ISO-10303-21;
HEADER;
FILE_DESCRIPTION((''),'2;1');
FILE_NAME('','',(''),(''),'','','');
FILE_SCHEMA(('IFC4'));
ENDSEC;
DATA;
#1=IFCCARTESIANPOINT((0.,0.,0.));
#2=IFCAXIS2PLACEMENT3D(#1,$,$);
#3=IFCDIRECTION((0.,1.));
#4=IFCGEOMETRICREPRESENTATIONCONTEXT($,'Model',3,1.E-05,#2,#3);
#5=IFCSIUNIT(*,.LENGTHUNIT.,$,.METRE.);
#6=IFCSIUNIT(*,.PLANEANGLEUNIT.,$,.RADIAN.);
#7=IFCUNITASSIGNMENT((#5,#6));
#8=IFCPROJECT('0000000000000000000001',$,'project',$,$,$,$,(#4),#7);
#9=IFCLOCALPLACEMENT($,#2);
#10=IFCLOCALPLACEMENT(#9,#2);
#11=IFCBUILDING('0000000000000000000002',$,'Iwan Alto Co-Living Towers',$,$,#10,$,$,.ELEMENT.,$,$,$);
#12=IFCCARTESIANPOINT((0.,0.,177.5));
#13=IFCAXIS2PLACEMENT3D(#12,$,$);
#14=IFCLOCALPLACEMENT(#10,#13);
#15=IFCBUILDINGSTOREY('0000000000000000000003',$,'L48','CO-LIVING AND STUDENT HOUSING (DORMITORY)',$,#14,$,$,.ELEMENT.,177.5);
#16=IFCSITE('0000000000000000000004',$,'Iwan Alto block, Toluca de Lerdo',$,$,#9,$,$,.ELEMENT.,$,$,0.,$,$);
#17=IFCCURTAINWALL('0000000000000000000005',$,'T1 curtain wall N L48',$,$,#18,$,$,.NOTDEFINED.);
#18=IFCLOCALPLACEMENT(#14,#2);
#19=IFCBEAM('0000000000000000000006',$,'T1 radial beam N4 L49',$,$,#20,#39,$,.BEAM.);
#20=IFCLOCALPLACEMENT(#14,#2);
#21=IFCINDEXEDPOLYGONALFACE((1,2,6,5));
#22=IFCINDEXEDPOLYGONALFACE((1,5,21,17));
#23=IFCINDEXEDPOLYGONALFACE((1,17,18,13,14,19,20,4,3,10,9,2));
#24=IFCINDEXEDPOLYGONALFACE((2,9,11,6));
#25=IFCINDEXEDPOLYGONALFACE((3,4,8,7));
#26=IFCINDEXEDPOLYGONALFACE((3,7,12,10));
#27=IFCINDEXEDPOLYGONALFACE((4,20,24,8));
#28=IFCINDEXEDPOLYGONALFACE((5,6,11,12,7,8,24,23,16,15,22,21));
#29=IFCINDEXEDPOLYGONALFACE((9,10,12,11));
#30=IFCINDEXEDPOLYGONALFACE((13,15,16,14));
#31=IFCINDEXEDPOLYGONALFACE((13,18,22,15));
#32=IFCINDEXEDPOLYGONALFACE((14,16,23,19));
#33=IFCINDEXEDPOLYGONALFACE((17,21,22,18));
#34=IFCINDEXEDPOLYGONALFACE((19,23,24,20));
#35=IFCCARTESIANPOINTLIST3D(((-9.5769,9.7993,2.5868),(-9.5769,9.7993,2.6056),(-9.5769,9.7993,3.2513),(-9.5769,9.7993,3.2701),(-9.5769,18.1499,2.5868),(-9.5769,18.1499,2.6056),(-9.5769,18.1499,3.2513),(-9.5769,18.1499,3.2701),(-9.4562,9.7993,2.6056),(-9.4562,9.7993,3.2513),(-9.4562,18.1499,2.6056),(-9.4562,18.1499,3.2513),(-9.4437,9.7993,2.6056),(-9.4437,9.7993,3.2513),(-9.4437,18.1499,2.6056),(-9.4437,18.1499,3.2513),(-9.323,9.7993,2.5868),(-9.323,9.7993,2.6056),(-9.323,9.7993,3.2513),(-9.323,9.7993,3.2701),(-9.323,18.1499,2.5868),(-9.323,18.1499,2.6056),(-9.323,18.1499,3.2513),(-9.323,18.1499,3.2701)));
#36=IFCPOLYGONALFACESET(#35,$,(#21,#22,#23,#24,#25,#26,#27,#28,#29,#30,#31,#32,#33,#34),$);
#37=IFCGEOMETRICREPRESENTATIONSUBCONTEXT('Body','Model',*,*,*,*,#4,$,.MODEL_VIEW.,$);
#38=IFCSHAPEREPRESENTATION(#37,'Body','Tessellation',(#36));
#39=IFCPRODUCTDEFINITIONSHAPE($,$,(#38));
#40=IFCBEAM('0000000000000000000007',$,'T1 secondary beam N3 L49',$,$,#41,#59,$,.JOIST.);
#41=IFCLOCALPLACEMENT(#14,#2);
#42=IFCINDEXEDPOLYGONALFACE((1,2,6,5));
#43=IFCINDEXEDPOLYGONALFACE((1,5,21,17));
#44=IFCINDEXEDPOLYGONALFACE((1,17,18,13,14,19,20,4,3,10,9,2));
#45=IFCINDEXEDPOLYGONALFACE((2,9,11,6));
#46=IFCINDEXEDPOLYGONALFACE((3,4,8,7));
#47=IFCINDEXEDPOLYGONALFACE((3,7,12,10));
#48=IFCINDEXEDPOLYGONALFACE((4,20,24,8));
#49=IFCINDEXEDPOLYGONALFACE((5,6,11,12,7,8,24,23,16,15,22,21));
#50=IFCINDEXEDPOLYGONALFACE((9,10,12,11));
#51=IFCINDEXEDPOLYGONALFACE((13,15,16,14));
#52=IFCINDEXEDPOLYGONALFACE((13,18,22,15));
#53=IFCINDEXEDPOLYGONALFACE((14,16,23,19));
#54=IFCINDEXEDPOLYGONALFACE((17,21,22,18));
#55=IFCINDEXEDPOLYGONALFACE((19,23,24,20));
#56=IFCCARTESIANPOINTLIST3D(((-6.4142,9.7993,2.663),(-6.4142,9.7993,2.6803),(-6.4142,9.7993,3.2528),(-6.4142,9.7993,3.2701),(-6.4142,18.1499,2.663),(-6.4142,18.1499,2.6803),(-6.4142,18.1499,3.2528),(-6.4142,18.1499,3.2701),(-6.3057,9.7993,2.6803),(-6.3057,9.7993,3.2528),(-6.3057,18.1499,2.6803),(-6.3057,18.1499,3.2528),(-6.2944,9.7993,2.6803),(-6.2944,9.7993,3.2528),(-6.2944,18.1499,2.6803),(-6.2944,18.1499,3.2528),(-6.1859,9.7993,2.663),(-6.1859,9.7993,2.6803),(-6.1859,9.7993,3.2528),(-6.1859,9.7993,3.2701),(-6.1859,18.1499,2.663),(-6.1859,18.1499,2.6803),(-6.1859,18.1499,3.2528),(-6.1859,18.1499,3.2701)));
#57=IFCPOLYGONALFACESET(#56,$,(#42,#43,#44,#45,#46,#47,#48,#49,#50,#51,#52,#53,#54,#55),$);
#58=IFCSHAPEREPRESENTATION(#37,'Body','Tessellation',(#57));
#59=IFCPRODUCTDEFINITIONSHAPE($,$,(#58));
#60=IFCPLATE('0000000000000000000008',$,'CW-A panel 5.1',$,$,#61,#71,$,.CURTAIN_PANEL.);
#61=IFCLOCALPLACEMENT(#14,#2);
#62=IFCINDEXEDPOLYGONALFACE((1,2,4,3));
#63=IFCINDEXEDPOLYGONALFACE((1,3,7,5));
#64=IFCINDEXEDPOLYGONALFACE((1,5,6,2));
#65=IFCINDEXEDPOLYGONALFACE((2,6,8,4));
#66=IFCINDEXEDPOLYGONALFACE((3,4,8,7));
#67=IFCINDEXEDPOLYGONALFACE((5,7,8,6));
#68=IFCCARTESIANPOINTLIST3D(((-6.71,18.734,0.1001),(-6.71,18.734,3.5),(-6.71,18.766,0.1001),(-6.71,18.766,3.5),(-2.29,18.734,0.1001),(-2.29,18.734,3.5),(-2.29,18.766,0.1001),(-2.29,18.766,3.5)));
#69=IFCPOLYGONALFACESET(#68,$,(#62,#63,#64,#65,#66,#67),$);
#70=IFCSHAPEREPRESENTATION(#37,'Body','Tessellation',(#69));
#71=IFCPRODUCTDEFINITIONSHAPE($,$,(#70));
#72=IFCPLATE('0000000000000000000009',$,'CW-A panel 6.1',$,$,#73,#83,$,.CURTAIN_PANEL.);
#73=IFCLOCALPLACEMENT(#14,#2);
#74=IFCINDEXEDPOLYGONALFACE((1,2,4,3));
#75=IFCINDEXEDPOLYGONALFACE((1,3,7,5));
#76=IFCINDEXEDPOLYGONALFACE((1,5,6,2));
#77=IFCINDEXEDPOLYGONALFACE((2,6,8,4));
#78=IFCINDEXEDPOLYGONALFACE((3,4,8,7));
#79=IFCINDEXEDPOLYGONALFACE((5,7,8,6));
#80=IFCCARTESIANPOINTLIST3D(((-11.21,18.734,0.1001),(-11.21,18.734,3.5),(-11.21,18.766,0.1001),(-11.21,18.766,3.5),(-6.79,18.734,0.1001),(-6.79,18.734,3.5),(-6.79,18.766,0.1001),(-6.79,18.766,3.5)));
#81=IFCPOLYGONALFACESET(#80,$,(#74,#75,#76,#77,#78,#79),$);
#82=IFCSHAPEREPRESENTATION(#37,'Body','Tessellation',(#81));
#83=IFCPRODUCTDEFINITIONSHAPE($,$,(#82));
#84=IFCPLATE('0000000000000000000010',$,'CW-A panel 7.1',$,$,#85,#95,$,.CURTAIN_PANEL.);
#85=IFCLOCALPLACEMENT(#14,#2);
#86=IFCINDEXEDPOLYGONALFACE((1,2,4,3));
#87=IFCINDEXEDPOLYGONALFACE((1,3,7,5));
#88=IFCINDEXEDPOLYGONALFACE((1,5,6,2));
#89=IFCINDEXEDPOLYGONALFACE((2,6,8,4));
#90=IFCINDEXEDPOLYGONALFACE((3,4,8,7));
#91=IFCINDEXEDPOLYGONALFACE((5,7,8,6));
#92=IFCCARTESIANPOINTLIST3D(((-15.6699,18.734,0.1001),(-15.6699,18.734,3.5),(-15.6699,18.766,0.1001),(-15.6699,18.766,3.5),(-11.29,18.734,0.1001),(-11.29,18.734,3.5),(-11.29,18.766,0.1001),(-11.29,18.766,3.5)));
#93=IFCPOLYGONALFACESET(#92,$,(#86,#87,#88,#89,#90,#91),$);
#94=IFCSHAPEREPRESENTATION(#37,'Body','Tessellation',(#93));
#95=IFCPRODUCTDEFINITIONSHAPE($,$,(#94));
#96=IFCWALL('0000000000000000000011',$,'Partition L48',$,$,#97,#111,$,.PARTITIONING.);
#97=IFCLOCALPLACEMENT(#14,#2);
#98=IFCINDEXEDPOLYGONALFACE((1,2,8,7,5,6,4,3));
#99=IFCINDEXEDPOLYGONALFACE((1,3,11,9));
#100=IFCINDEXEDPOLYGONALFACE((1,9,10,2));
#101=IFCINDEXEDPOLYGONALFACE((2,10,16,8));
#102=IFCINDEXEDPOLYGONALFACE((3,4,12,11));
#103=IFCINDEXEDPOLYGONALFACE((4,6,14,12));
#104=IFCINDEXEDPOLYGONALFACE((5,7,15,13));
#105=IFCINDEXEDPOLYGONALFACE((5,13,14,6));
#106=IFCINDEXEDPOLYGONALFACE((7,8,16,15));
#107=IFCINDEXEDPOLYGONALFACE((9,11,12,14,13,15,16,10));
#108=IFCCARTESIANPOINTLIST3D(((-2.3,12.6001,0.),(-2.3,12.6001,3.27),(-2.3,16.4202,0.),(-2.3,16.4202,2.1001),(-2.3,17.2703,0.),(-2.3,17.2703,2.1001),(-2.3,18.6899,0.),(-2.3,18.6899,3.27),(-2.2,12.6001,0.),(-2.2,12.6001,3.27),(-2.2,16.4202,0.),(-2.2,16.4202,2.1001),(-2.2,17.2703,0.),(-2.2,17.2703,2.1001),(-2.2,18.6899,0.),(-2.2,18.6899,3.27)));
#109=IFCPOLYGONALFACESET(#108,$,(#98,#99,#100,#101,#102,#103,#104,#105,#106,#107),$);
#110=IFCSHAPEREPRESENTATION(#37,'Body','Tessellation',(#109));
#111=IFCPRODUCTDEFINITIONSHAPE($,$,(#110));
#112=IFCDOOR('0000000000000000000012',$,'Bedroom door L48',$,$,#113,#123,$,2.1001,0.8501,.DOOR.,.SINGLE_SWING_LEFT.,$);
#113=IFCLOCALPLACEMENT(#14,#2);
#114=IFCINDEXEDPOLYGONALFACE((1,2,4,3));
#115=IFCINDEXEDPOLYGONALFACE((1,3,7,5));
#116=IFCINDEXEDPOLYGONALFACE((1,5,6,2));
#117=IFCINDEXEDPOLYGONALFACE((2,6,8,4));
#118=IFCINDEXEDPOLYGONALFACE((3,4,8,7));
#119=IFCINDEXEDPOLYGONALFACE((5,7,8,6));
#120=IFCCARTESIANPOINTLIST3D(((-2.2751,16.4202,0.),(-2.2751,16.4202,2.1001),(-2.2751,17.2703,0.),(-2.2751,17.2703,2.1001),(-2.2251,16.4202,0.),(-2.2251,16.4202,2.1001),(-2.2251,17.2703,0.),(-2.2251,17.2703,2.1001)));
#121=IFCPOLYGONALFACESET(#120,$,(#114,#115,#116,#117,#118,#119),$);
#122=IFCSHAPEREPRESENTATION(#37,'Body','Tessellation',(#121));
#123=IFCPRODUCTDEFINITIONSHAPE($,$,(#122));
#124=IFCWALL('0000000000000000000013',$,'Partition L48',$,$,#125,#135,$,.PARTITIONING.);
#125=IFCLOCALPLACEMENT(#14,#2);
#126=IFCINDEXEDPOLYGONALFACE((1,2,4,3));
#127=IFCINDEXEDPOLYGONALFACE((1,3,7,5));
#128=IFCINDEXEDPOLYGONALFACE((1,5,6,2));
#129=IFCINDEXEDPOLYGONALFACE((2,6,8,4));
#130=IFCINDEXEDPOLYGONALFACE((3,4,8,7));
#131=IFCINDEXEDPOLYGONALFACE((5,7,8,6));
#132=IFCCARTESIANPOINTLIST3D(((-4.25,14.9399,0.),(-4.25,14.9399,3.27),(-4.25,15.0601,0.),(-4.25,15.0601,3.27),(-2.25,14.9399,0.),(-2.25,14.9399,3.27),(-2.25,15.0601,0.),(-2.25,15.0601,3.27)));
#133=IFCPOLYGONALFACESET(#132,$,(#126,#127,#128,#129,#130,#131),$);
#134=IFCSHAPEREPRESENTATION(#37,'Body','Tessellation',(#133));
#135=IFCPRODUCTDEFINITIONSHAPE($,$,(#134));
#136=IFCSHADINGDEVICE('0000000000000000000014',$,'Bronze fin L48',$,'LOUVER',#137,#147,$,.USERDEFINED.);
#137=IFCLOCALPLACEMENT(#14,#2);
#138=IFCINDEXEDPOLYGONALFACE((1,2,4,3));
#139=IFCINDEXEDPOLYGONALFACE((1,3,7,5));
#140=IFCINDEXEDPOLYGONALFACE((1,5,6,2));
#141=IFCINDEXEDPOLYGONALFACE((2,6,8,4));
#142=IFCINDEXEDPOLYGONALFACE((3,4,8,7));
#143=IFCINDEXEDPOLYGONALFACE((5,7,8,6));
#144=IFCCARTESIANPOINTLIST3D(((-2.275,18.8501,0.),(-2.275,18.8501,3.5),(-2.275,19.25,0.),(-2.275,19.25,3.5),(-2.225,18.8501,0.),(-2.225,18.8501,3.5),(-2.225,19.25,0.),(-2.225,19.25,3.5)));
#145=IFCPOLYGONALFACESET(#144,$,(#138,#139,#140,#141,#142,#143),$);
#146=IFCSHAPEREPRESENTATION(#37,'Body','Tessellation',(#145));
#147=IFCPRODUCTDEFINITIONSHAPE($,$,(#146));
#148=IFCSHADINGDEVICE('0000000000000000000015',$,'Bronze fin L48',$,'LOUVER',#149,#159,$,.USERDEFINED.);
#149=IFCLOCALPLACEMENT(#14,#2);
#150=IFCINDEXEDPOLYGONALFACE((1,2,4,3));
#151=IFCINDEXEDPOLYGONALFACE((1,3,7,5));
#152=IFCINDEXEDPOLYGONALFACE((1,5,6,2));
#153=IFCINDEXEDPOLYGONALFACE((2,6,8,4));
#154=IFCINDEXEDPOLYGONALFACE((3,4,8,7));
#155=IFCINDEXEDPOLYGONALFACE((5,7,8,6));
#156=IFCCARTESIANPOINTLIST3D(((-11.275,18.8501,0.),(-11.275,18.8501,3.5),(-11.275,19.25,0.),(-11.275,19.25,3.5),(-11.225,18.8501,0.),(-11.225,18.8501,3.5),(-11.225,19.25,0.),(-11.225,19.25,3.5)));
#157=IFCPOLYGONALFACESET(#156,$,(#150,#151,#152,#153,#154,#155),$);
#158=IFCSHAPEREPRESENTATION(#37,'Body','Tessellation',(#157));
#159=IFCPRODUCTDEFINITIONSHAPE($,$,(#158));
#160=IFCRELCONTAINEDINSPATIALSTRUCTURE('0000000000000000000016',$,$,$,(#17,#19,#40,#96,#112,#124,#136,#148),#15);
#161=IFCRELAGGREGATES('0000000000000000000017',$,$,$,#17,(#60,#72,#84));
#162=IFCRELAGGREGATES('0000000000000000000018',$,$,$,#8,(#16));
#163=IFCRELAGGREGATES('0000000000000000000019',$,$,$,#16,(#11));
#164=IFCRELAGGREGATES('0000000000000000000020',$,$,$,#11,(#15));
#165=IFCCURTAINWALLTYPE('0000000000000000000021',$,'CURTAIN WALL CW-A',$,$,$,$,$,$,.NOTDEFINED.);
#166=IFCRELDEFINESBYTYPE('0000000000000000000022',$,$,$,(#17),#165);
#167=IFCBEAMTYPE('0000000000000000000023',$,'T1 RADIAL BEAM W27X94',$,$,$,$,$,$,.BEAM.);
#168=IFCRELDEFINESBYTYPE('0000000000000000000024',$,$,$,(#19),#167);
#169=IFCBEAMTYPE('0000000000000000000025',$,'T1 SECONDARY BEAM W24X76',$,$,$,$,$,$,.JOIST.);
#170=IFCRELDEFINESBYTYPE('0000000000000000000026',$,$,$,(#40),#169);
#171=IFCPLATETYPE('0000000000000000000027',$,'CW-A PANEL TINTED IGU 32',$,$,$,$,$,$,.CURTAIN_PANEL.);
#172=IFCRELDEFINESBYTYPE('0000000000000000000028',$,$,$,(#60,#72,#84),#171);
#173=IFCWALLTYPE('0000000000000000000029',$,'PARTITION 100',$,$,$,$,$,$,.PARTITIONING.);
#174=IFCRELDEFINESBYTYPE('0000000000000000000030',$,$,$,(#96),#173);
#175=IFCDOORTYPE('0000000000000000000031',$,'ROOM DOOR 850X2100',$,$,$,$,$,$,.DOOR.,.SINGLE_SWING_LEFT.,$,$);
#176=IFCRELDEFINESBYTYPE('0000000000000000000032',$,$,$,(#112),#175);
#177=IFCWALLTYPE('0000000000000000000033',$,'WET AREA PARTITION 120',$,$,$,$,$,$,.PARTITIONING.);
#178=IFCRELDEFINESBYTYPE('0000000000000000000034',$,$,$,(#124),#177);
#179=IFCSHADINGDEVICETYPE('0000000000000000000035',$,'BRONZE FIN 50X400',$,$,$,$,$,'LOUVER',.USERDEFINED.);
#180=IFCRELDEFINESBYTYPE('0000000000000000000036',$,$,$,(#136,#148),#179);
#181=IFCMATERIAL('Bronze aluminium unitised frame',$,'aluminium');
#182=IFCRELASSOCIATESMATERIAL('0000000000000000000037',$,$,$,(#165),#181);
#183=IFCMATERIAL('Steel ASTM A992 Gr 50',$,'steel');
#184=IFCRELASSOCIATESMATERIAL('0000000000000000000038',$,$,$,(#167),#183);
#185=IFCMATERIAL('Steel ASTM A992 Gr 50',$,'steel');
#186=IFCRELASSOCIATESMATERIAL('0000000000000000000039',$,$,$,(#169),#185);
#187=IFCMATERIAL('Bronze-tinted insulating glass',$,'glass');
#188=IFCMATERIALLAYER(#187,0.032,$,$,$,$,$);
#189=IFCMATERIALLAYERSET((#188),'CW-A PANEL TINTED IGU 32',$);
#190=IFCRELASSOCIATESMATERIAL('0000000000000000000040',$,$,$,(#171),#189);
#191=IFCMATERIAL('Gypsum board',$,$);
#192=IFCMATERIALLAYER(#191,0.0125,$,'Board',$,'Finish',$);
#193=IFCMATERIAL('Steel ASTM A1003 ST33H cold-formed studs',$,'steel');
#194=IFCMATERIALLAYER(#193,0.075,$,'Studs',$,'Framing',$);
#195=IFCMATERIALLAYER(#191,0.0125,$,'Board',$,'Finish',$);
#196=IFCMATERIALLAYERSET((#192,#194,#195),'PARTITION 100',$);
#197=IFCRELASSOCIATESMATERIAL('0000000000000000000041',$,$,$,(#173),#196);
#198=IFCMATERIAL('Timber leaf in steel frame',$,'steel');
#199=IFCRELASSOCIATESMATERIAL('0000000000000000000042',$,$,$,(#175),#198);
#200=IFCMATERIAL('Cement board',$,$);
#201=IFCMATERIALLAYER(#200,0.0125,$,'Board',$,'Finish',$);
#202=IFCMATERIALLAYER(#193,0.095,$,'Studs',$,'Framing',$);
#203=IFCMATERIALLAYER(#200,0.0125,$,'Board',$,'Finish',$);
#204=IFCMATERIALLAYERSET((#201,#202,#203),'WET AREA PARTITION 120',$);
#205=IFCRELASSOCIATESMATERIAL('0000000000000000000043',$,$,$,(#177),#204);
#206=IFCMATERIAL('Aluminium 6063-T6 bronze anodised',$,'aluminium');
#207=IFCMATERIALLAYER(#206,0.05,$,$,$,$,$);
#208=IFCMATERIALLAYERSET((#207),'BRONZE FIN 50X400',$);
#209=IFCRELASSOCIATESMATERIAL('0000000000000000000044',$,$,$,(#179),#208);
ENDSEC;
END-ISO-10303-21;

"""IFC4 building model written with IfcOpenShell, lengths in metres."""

from ifc_helpers import new_model, si_unit, direction, frame, frame_2d, origin, origin_2d, place, context, subcontext, project, spatial, rectangle, i_section, extrude, material, layer, layer_set, material_profile, profile_set, type_object, element, fill, aggregate, save


model = new_model("IFC4")

# Units and contexts
model_context = context("Model", 3, precision=1e-05, world=origin(), true_north=direction((0.0, 1.0)))
body_context = subcontext(model_context, "Body", "Model", "MODEL_VIEW")
ifc_project = project(units=[si_unit("LENGTHUNIT", "METRE"), si_unit("PLANEANGLEUNIT", "RADIAN")], contexts=[model_context])

# Site, building, storey
site_placement = place(None, origin())
site = spatial("IfcSite", under=ifc_project, at=site_placement, Name="Iwan Alto block, Toluca de Lerdo", CompositionType="ELEMENT", RefElevation=0.0)
building_placement = place(site_placement, origin())
building = spatial("IfcBuilding", under=site, at=building_placement, Name="Iwan Alto Co-Living Towers", CompositionType="ELEMENT")
storey_placement = place(building_placement, frame((0.0, 0.0, 177.5)))
storey = spatial("IfcBuildingStorey", under=building, at=storey_placement, Name="L48", Description="CO-LIVING AND STUDENT HOUSING (DORMITORY)", CompositionType="ELEMENT", Elevation=177.5)

# Curtain wall
ifc_material_1 = material(Name="Bronze aluminium unitised frame", Category="aluminium")
curtain_wall_type = type_object("IfcCurtainWallType", Name="CURTAIN WALL CW-A", PredefinedType="NOTDEFINED", material=ifc_material_1)
curtain_wall_placement = place(storey_placement, origin())
curtain_wall = element("IfcCurtainWall", 1, at=curtain_wall_placement, inside=storey, type_object=curtain_wall_type, Name="T1 curtain wall N L48", PredefinedType="NOTDEFINED")

# Beams
ifc_material_2 = material(Name="Steel ASTM A992 Gr 50", Category="steel")
ifc_material_profile_1 = material_profile(ifc_material_2, i_section(OverallWidth=0.2539, OverallDepth=0.6833, WebThickness=0.0125, FlangeThickness=0.0188, at=origin_2d()), Name="W27X94")
ifc_profile_set_1 = profile_set([ifc_material_profile_1], Name="Steel ASTM A992 Gr 50")
beam_type_1 = type_object("IfcBeamType", Name="T1 RADIAL BEAM W27X94", PredefinedType="BEAM", material=ifc_profile_set_1)
for number, where, z_axis, x_axis, name in (
    (2, (-9.45, 18.1499, 2.9285), (0.0, -1.0, 0.0), (1.0, 0.0, 0.0), "T1 radial beam N4 L49"),
):
    element("IfcBeam", number, at=place(storey_placement, frame(where, z_axis=z_axis, x_axis=x_axis)), inside=storey, type_object=beam_type_1, Name=name, PredefinedType="BEAM", context=body_context, shape_type="SweptSolid", body=[
        extrude(i_section(OverallWidth=0.2539, OverallDepth=0.6833, WebThickness=0.0125, FlangeThickness=0.0188, at=origin_2d()), origin(), (0.0, 0.0, 1.0), 8.3506),
    ])
ifc_material_3 = material(Name="Steel ASTM A992 Gr 50", Category="steel")
ifc_material_profile_2 = material_profile(ifc_material_3, i_section(OverallWidth=0.2283, OverallDepth=0.6072, WebThickness=0.0112, FlangeThickness=0.0173, at=origin_2d()), Name="W24X76")
ifc_profile_set_2 = profile_set([ifc_material_profile_2], Name="Steel ASTM A992 Gr 50")
beam_type_2 = type_object("IfcBeamType", Name="T1 SECONDARY BEAM W24X76", PredefinedType="JOIST", material=ifc_profile_set_2)
beam_1_placement = place(storey_placement, frame((-6.3, 18.1499, 2.9666), z_axis=(0.0, -1.0, 0.0), x_axis=(1.0, 0.0, 0.0)))
element("IfcBeam", 3, at=beam_1_placement, inside=storey, type_object=beam_type_2, Name="T1 secondary beam N3 L49", PredefinedType="JOIST", context=body_context, shape_type="SweptSolid", body=[
    extrude(i_section(OverallWidth=0.2283, OverallDepth=0.6072, WebThickness=0.0112, FlangeThickness=0.0173, at=origin_2d()), origin(), (0.0, 0.0, 1.0), 8.3506),
])

# Plates
ifc_material_4 = material(Name="Bronze-tinted insulating glass", Category="glass")
ifc_layer_1 = layer(ifc_material_4, 0.032)
ifc_layer_set_1 = layer_set([ifc_layer_1], Name="CW-A PANEL TINTED IGU 32")
plate_type = type_object("IfcPlateType", Name="CW-A PANEL TINTED IGU 32", PredefinedType="CURTAIN_PANEL", material=ifc_layer_set_1)
plate_1_placement = place(storey_placement, frame((-4.5, 18.75, 0.1001), z_axis=(0.0, 0.0, 1.0), x_axis=(-1.0, 0.0, 0.0)))
plate_1 = element("IfcPlate", 4, at=plate_1_placement, type_object=plate_type, Name="CW-A panel 5.1", PredefinedType="CURTAIN_PANEL", context=body_context, shape_type="SweptSolid", body=[
    extrude(rectangle(XDim=4.4199, YDim=0.032, at=origin_2d()), origin(), (0.0, 0.0, 1.0), 3.3999),
])
plate_2_placement = place(storey_placement, frame((-9.0, 18.75, 0.1001), z_axis=(0.0, 0.0, 1.0), x_axis=(-1.0, 0.0, 0.0)))
plate_2 = element("IfcPlate", 5, at=plate_2_placement, type_object=plate_type, Name="CW-A panel 6.1", PredefinedType="CURTAIN_PANEL", context=body_context, shape_type="SweptSolid", body=[
    extrude(rectangle(XDim=4.4199, YDim=0.032, at=origin_2d()), origin(), (0.0, 0.0, 1.0), 3.3999),
])
plate_3_placement = place(storey_placement, frame((-13.48, 18.75, 0.1001), z_axis=(0.0, 0.0, 1.0), x_axis=(-1.0, 0.0, 0.0)))
plate_3 = element("IfcPlate", 6, at=plate_3_placement, type_object=plate_type, Name="CW-A panel 7.1", PredefinedType="CURTAIN_PANEL", context=body_context, shape_type="SweptSolid", body=[
    extrude(rectangle(XDim=4.3799, YDim=0.032, at=origin_2d()), origin(), (0.0, 0.0, 1.0), 3.3999),
])
aggregate(curtain_wall, [plate_1, plate_2, plate_3])

# Wall, opening, door
ifc_material_5 = material(Name="Gypsum board")
ifc_layer_2 = layer(ifc_material_5, 0.0125, Name="Board", Category="Finish")
ifc_material_6 = material(Name="Steel ASTM A1003 ST33H cold-formed studs", Category="steel")
ifc_layer_3 = layer(ifc_material_6, 0.075, Name="Studs", Category="Framing")
ifc_layer_4 = layer(ifc_material_5, 0.0125, Name="Board", Category="Finish")
ifc_layer_set_2 = layer_set([ifc_layer_2, ifc_layer_3, ifc_layer_4], Name="PARTITION 100")
wall_type_1 = type_object("IfcWallType", Name="PARTITION 100", PredefinedType="PARTITIONING", material=ifc_layer_set_2)
wall_1_placement = place(storey_placement, frame((-2.25, 12.6001, 0.0), z_axis=(0.0, 0.0, 1.0), x_axis=(0.0, 1.0, 0.0)))
wall_1 = element("IfcWall", 7, at=wall_1_placement, inside=storey, type_object=wall_type_1, Name="Partition L48", PredefinedType="PARTITIONING", context=body_context, shape_type="SweptSolid", body=[
    extrude(rectangle(XDim=6.0898, YDim=0.1001, at=frame_2d((3.0449, 0.0))), origin(), (0.0, 0.0, 1.0), 3.27),
])
opening_placement = place(wall_1_placement, frame((3.8201, 0.0, 0.0)))
opening = element("IfcOpeningElement", 8, at=opening_placement, cuts=wall_1, PredefinedType="OPENING", context=body_context, shape_type="SweptSolid", body=[
    extrude(rectangle(XDim=0.8501, YDim=2.1001, at=frame_2d((0.425, 1.05))), frame((0.0, 0.0601, 0.0), z_axis=(0.0, -1.0, 0.0), x_axis=(1.0, 0.0, 0.0)), (0.0, 0.0, 1.0), 0.1201),
])
ifc_material_7 = material(Name="Timber leaf in steel frame", Category="steel")
door_type = type_object("IfcDoorType", Name="ROOM DOOR 850X2100", OperationType="SINGLE_SWING_LEFT", PredefinedType="DOOR", material=ifc_material_7)
door_placement = place(opening_placement, frame((0.8501, 0.0, 0.0), z_axis=(0.0, 0.0, 1.0), x_axis=(-1.0, 0.0, 0.0)))
door = element("IfcDoor", 9, at=door_placement, inside=storey, type_object=door_type, Name="Bedroom door L48", OperationType="SINGLE_SWING_LEFT", OverallHeight=2.1001, OverallWidth=0.8501, PredefinedType="DOOR", context=body_context, shape_type="SweptSolid", body=[
    extrude(rectangle(XDim=0.8501, YDim=2.1001, at=frame_2d((0.425, 1.05))), frame((0.0, 0.0249, 0.0), z_axis=(0.0, -1.0, 0.0), x_axis=(1.0, 0.0, 0.0)), (0.0, 0.0, 1.0), 0.05),
])
fill(opening, door)

# Wall
ifc_material_8 = material(Name="Cement board")
ifc_layer_5 = layer(ifc_material_8, 0.0125, Name="Board", Category="Finish")
ifc_layer_6 = layer(ifc_material_6, 0.095, Name="Studs", Category="Framing")
ifc_layer_7 = layer(ifc_material_8, 0.0125, Name="Board", Category="Finish")
ifc_layer_set_3 = layer_set([ifc_layer_5, ifc_layer_6, ifc_layer_7], Name="WET AREA PARTITION 120")
wall_type_2 = type_object("IfcWallType", Name="WET AREA PARTITION 120", PredefinedType="PARTITIONING", material=ifc_layer_set_3)
wall_2_placement = place(storey_placement, frame((-4.25, 15.0, 0.0), z_axis=(0.0, 0.0, 1.0), x_axis=(1.0, 0.0, 0.0)))
element("IfcWall", 10, at=wall_2_placement, inside=storey, type_object=wall_type_2, Name="Partition L48", PredefinedType="PARTITIONING", context=body_context, shape_type="SweptSolid", body=[
    extrude(rectangle(XDim=2.0, YDim=0.1201, at=frame_2d((1.0, 0.0))), origin(), (0.0, 0.0, 1.0), 3.27),
])

# Shading devices
ifc_material_9 = material(Name="Aluminium 6063-T6 bronze anodised", Category="aluminium")
ifc_layer_8 = layer(ifc_material_9, 0.05)
ifc_layer_set_4 = layer_set([ifc_layer_8], Name="BRONZE FIN 50X400")
shading_device_type = type_object("IfcShadingDeviceType", Name="BRONZE FIN 50X400", ElementType="LOUVER", PredefinedType="USERDEFINED", material=ifc_layer_set_4)
for number, where, z_axis, x_axis, name in (
    (11, (-2.25, 19.05, 0.0), (0.0, 0.0, 1.0), (-1.0, 0.0, 0.0), "Bronze fin L48"),
    (12, (-11.25, 19.05, 0.0), (0.0, 0.0, 1.0), (-1.0, 0.0, 0.0), "Bronze fin L48"),
):
    element("IfcShadingDevice", number, at=place(storey_placement, frame(where, z_axis=z_axis, x_axis=x_axis)), inside=storey, type_object=shading_device_type, Name=name, ObjectType="LOUVER", PredefinedType="USERDEFINED", context=body_context, shape_type="SweptSolid", body=[
        extrude(rectangle(XDim=0.05, YDim=0.3999, at=origin_2d()), origin(), (0.0, 0.0, 1.0), 3.5),
    ])

save(model, "model.ifc")
